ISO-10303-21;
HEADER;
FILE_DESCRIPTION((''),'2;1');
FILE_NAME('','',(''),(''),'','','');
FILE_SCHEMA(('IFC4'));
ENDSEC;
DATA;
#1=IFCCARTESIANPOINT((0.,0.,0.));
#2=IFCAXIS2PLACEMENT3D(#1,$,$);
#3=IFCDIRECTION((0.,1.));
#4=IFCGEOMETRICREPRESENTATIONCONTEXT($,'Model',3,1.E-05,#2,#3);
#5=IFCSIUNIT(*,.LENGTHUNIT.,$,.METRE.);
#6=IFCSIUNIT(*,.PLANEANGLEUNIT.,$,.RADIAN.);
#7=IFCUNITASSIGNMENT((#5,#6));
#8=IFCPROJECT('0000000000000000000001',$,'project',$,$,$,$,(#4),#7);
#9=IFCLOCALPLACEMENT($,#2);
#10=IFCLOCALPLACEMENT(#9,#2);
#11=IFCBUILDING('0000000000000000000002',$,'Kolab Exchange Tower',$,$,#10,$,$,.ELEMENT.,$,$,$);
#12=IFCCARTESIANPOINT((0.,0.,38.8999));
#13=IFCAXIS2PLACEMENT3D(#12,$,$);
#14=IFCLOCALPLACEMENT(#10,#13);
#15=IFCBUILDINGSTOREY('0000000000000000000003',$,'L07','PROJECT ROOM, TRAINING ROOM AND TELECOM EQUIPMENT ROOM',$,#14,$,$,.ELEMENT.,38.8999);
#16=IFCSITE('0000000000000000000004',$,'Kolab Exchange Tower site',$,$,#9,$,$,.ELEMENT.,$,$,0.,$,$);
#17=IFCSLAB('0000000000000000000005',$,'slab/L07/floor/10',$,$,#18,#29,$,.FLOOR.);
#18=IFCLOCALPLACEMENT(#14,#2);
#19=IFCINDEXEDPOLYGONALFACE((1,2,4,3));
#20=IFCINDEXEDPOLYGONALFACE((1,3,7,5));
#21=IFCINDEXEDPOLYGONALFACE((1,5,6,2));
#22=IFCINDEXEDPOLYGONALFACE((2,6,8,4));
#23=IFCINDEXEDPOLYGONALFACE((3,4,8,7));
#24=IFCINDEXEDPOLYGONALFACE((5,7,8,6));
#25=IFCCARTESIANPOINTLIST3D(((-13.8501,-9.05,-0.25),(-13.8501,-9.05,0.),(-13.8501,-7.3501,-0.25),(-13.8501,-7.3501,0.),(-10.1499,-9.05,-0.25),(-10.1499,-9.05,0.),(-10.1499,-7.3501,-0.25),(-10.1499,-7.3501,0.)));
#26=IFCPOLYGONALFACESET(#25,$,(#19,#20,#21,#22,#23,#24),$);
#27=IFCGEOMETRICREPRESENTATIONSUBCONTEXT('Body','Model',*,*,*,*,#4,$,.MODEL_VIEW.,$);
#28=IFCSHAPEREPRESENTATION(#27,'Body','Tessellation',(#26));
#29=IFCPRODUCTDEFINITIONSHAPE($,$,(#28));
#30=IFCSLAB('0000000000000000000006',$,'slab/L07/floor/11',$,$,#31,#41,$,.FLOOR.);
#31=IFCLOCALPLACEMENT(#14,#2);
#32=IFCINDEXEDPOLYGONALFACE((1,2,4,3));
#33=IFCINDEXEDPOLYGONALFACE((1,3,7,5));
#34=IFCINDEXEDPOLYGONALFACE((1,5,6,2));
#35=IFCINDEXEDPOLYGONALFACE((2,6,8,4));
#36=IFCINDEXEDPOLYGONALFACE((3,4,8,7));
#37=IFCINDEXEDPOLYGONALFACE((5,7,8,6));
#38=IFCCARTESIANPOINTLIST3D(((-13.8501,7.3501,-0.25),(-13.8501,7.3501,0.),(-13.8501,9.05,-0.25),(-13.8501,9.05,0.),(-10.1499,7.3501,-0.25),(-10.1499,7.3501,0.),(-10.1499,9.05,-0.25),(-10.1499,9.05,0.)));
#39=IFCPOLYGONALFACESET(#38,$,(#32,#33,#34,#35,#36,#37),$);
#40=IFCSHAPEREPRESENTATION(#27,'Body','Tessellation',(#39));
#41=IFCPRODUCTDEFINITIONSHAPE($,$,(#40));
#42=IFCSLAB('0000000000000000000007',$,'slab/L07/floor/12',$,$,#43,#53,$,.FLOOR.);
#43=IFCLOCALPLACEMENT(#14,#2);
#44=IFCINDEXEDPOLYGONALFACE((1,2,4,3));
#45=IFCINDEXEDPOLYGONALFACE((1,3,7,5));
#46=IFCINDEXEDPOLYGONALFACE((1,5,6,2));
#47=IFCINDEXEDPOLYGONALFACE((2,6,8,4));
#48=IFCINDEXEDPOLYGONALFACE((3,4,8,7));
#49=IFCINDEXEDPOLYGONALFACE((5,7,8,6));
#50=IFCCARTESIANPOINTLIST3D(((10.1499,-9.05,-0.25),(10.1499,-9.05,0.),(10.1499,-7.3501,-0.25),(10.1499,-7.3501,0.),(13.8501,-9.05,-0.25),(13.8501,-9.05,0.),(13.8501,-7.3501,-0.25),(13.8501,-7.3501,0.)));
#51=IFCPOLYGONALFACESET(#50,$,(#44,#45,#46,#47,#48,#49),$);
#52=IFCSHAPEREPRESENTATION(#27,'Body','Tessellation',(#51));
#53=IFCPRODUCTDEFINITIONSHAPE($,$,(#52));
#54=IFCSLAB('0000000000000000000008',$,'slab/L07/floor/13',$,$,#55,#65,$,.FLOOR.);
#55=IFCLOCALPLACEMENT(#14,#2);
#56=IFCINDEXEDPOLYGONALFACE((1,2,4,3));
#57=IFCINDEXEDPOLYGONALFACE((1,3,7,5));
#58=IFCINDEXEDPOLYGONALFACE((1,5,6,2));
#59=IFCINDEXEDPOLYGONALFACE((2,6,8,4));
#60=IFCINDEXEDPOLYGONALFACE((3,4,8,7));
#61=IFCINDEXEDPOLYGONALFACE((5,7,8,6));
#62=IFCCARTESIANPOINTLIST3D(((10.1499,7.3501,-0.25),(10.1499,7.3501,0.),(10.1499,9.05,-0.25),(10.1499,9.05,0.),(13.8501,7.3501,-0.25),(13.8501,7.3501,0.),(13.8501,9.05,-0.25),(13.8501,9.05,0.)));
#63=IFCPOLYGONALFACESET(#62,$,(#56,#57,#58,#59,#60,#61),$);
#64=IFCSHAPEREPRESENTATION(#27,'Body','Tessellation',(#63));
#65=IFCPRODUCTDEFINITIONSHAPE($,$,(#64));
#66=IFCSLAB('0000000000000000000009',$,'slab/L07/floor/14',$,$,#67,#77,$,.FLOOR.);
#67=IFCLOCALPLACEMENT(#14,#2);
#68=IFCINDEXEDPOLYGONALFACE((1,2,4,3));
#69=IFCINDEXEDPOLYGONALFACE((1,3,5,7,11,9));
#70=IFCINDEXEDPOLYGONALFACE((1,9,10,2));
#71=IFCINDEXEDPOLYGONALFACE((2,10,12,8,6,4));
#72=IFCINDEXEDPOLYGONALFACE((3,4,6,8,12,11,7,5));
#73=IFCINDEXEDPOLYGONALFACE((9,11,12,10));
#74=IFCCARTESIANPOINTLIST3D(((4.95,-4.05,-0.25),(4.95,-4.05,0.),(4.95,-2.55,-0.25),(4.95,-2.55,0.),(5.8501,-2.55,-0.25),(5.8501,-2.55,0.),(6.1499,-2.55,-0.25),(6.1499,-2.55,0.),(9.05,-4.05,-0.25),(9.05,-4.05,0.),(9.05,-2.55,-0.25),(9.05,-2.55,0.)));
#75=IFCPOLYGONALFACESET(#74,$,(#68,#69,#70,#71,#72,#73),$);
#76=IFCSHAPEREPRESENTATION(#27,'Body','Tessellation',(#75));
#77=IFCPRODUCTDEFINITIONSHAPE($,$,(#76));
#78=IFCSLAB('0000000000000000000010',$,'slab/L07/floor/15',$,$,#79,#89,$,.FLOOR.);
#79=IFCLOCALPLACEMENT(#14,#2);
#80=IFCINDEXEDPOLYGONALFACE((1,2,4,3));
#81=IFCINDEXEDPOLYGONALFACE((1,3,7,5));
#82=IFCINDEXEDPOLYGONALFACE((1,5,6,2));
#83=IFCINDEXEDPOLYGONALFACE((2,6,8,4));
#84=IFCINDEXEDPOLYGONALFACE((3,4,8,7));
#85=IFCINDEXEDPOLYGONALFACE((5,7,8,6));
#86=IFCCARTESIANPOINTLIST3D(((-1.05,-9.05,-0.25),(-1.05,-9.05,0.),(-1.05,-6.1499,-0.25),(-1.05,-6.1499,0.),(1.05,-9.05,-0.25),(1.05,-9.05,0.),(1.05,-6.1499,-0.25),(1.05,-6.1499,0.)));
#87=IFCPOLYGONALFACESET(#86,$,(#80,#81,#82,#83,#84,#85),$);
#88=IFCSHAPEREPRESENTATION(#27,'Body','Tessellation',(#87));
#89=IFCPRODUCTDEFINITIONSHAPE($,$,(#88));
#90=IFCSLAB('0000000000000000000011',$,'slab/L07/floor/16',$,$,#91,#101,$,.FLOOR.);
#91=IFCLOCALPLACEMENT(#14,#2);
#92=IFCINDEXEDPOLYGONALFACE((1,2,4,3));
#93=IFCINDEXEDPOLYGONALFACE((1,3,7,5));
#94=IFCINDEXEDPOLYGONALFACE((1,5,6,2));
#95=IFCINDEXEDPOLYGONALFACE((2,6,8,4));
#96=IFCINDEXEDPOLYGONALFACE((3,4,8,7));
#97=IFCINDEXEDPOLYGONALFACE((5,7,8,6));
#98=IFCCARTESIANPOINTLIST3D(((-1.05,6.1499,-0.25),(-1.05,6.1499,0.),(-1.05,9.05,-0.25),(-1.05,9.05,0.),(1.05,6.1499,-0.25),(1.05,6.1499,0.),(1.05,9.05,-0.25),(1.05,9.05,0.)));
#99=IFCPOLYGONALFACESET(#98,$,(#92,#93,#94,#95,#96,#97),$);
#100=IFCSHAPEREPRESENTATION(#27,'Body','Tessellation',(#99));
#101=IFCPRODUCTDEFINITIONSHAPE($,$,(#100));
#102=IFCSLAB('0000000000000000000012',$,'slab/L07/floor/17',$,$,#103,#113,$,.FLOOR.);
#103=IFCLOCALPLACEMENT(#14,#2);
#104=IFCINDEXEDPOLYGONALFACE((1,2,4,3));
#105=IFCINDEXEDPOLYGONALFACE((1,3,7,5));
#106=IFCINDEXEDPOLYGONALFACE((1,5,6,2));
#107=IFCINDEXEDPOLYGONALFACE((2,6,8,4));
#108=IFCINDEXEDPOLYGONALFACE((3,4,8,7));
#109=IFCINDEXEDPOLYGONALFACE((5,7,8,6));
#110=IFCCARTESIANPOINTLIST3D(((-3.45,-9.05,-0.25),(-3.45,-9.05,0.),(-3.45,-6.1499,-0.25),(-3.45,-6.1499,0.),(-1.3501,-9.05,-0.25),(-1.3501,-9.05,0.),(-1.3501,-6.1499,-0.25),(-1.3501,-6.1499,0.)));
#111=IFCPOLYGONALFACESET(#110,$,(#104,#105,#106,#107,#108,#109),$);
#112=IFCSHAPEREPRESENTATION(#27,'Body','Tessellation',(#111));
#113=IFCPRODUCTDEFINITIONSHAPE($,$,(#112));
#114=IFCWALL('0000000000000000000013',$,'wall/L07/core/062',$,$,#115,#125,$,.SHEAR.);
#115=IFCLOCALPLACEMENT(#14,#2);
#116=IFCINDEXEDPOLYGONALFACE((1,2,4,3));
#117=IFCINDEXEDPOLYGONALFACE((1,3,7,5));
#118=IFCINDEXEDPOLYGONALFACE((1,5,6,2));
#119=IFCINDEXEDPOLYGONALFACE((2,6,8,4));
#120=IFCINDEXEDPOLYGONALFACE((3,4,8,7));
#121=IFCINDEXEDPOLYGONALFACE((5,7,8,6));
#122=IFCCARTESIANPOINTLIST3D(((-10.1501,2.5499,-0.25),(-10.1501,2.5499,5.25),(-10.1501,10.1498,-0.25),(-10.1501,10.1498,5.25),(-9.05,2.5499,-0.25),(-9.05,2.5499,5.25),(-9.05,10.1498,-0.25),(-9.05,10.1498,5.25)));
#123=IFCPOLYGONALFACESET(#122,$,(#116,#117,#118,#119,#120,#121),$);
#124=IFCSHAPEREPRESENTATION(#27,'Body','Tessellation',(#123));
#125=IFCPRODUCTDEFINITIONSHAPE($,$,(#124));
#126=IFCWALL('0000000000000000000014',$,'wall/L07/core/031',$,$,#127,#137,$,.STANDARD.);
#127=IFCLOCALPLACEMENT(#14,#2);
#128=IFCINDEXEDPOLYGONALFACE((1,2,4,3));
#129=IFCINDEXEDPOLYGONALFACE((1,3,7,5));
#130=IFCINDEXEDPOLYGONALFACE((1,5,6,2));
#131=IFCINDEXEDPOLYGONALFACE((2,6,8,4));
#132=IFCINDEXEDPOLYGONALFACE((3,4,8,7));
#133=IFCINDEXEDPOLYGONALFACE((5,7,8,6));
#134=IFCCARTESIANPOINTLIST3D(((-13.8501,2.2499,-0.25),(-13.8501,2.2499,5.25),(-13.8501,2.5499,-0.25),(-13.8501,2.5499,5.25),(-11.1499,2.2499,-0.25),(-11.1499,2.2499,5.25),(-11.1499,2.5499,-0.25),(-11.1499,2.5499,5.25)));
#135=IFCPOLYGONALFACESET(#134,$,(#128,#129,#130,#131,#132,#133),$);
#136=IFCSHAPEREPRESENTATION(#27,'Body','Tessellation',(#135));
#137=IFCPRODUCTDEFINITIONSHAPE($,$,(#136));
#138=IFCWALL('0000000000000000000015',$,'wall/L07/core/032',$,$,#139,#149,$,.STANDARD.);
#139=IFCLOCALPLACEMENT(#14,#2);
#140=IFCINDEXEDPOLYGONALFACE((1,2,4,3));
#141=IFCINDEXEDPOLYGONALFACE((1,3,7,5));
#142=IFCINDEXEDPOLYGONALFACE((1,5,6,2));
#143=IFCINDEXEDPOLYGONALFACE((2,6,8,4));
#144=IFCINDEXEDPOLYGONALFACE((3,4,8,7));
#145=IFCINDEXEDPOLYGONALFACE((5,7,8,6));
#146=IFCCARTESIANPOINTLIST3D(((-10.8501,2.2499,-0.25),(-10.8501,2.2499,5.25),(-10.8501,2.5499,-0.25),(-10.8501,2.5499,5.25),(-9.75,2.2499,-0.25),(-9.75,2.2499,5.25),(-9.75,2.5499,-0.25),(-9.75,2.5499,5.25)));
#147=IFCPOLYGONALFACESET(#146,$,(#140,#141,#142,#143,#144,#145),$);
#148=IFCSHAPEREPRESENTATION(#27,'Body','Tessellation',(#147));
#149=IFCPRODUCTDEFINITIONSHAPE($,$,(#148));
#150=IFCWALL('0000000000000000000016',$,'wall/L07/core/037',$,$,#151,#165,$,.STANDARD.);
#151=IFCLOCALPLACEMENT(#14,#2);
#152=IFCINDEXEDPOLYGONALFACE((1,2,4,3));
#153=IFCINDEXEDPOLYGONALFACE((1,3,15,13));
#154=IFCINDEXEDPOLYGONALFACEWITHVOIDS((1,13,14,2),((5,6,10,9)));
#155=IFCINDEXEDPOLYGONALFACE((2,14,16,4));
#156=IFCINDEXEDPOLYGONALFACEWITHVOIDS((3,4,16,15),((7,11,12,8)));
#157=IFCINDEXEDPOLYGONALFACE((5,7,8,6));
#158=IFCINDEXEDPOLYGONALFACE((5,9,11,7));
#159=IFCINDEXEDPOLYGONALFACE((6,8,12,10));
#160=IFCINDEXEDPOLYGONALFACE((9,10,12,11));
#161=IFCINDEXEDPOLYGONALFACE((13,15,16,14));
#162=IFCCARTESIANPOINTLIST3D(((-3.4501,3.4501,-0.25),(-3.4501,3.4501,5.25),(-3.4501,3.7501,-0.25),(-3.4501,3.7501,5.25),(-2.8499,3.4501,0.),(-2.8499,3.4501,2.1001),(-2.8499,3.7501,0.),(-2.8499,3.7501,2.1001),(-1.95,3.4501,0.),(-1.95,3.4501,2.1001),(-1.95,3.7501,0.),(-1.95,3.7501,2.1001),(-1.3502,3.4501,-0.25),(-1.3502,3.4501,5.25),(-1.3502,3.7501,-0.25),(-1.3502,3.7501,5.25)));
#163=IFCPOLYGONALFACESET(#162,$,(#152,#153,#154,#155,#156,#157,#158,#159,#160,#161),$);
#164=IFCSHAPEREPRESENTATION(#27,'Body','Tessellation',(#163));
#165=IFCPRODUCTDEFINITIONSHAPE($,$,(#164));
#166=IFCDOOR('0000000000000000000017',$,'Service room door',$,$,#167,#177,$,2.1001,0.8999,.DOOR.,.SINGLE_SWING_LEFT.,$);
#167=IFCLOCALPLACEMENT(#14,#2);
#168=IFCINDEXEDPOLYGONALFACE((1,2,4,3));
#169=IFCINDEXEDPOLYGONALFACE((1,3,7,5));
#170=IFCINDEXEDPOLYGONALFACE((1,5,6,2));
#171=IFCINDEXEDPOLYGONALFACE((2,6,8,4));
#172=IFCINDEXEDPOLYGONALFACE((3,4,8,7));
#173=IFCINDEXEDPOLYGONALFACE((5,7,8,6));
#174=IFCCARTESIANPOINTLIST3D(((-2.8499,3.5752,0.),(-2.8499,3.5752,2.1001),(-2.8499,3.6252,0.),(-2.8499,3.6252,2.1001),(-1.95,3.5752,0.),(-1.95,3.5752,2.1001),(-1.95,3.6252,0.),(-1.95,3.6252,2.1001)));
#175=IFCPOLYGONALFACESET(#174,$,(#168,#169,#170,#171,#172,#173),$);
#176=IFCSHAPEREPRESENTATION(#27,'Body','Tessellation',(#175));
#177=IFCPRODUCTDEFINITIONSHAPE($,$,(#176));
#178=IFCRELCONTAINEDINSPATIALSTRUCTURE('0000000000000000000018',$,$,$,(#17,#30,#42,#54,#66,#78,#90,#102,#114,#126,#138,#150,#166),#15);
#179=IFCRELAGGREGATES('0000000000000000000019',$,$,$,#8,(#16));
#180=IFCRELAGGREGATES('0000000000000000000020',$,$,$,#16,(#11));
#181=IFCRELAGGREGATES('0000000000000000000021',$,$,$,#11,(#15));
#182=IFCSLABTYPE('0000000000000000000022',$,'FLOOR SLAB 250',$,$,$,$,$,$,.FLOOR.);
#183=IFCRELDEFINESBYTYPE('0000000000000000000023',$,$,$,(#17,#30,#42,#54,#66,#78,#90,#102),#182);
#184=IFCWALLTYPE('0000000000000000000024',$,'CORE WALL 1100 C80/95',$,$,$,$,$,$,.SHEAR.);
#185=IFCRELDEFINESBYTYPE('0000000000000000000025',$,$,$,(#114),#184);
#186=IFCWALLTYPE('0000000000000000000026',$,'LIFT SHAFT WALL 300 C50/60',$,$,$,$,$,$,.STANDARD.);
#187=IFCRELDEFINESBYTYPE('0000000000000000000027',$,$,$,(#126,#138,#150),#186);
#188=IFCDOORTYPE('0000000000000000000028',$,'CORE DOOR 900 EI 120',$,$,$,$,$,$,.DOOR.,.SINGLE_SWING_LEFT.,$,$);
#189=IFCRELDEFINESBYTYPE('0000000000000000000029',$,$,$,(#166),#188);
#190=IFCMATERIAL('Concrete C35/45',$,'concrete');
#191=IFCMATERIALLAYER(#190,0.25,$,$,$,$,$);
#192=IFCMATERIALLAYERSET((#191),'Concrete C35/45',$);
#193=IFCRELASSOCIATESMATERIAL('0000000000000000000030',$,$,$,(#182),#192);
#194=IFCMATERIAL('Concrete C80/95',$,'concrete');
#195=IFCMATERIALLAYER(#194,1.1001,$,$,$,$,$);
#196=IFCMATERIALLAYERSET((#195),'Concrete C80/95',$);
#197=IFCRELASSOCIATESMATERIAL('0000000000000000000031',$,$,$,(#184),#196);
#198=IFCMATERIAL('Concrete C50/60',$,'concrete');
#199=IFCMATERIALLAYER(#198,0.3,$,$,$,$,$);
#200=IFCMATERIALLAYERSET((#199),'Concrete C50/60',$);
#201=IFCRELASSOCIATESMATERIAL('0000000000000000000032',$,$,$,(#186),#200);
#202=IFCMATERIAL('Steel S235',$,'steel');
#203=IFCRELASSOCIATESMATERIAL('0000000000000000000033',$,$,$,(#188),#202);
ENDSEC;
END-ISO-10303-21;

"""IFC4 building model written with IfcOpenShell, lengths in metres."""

from ifc_helpers import new_model, si_unit, direction, frame, frame_2d, origin, place, context, subcontext, project, spatial, polyline, rectangle, outline, extrude, material, layer, layer_set, type_object, element, fill, save


model = new_model("IFC4")

# Units and contexts
model_context = context("Model", 3, precision=1e-05, world=origin(), true_north=direction((0.0, 1.0)))
body_context = subcontext(model_context, "Body", "Model", "MODEL_VIEW")
ifc_project = project(units=[si_unit("LENGTHUNIT", "METRE"), si_unit("PLANEANGLEUNIT", "RADIAN")], contexts=[model_context])

# Site, building, storey
site_placement = place(None, origin())
site = spatial("IfcSite", under=ifc_project, at=site_placement, Name="Kolab Exchange Tower site", CompositionType="ELEMENT", RefElevation=0.0)
building_placement = place(site_placement, origin())
building = spatial("IfcBuilding", under=site, at=building_placement, Name="Kolab Exchange Tower", CompositionType="ELEMENT")
storey_placement = place(building_placement, frame((0.0, 0.0, 38.8999)))
storey = spatial("IfcBuildingStorey", under=building, at=storey_placement, Name="L07", Description="PROJECT ROOM, TRAINING ROOM AND TELECOM EQUIPMENT ROOM", CompositionType="ELEMENT", Elevation=38.8999)

# Slabs
ifc_material_1 = material(Name="Concrete C35/45", Category="concrete")
ifc_layer_1 = layer(ifc_material_1, 0.25)
ifc_layer_set_1 = layer_set([ifc_layer_1], Name="Concrete C35/45")
slab_type = type_object("IfcSlabType", Name="FLOOR SLAB 250", PredefinedType="FLOOR", material=ifc_layer_set_1)
slab_1_placement = place(storey_placement, frame((0.0, 0.0, -0.25)))
element("IfcSlab", 1, at=slab_1_placement, inside=storey, type_object=slab_type, Name="slab/L07/floor/10", PredefinedType="FLOOR", context=body_context, shape_type="SweptSolid", body=[
    extrude(outline(polyline([(-10.1499, -9.05), (-10.1499, -7.3501), (-13.8501, -7.3501), (-13.8501, -9.05), (-10.1499, -9.05)])), origin(), (0.0, 0.0, 1.0), 0.25),
])
slab_2_placement = place(storey_placement, frame((0.0, 0.0, -0.25)))
element("IfcSlab", 2, at=slab_2_placement, inside=storey, type_object=slab_type, Name="slab/L07/floor/11", PredefinedType="FLOOR", context=body_context, shape_type="SweptSolid", body=[
    extrude(outline(polyline([(-13.8501, 7.3501), (-10.1499, 7.3501), (-10.1499, 9.05), (-13.8501, 9.05), (-13.8501, 7.3501)])), origin(), (0.0, 0.0, 1.0), 0.25),
])
slab_3_placement = place(storey_placement, frame((0.0, 0.0, -0.25)))
element("IfcSlab", 3, at=slab_3_placement, inside=storey, type_object=slab_type, Name="slab/L07/floor/12", PredefinedType="FLOOR", context=body_context, shape_type="SweptSolid", body=[
    extrude(outline(polyline([(10.1499, -7.3501), (10.1499, -9.05), (13.8501, -9.05), (13.8501, -7.3501), (10.1499, -7.3501)])), origin(), (0.0, 0.0, 1.0), 0.25),
])
slab_4_placement = place(storey_placement, frame((0.0, 0.0, -0.25)))
element("IfcSlab", 4, at=slab_4_placement, inside=storey, type_object=slab_type, Name="slab/L07/floor/13", PredefinedType="FLOOR", context=body_context, shape_type="SweptSolid", body=[
    extrude(outline(polyline([(10.1499, 7.3501), (13.8501, 7.3501), (13.8501, 9.05), (10.1499, 9.05), (10.1499, 7.3501)])), origin(), (0.0, 0.0, 1.0), 0.25),
])
slab_5_placement = place(storey_placement, frame((0.0, 0.0, -0.25)))
element("IfcSlab", 5, at=slab_5_placement, inside=storey, type_object=slab_type, Name="slab/L07/floor/14", PredefinedType="FLOOR", context=body_context, shape_type="SweptSolid", body=[
    extrude(outline(polyline([(9.05, -4.05), (9.05, -2.55), (6.1499, -2.55), (5.8501, -2.55), (4.95, -2.55), (4.95, -4.05), (9.05, -4.05)])), origin(), (0.0, 0.0, 1.0), 0.25),
])
slab_6_placement = place(storey_placement, frame((0.0, 0.0, -0.25)))
element("IfcSlab", 6, at=slab_6_placement, inside=storey, type_object=slab_type, Name="slab/L07/floor/15", PredefinedType="FLOOR", context=body_context, shape_type="SweptSolid", body=[
    extrude(outline(polyline([(1.05, -6.1499), (-1.05, -6.1499), (-1.05, -9.05), (1.05, -9.05), (1.05, -6.1499)])), origin(), (0.0, 0.0, 1.0), 0.25),
])
slab_7_placement = place(storey_placement, frame((0.0, 0.0, -0.25)))
element("IfcSlab", 7, at=slab_7_placement, inside=storey, type_object=slab_type, Name="slab/L07/floor/16", PredefinedType="FLOOR", context=body_context, shape_type="SweptSolid", body=[
    extrude(outline(polyline([(-1.05, 9.05), (-1.05, 6.1499), (1.05, 6.1499), (1.05, 9.05), (-1.05, 9.05)])), origin(), (0.0, 0.0, 1.0), 0.25),
])
slab_8_placement = place(storey_placement, frame((0.0, 0.0, -0.25)))
element("IfcSlab", 8, at=slab_8_placement, inside=storey, type_object=slab_type, Name="slab/L07/floor/17", PredefinedType="FLOOR", context=body_context, shape_type="SweptSolid", body=[
    extrude(outline(polyline([(-1.3501, -6.1499), (-3.45, -6.1499), (-3.45, -9.05), (-1.3501, -9.05), (-1.3501, -6.1499)])), origin(), (0.0, 0.0, 1.0), 0.25),
])

# Walls
ifc_material_2 = material(Name="Concrete C80/95", Category="concrete")
ifc_layer_2 = layer(ifc_material_2, 1.1001)
ifc_layer_set_2 = layer_set([ifc_layer_2], Name="Concrete C80/95")
wall_type_1 = type_object("IfcWallType", Name="CORE WALL 1100 C80/95", PredefinedType="SHEAR", material=ifc_layer_set_2)
wall_1_placement = place(storey_placement, frame((-9.6001, 2.55, -0.25), z_axis=(0.0, 0.0, 1.0), x_axis=(0.0, 1.0, 0.0)))
element("IfcWall", 9, at=wall_1_placement, inside=storey, type_object=wall_type_1, Name="wall/L07/core/062", PredefinedType="SHEAR", context=body_context, shape_type="SweptSolid", body=[
    extrude(rectangle(XDim=7.5999, YDim=1.1001, at=frame_2d((3.7998, 0.0))), origin(), (0.0, 0.0, 1.0), 5.5),
])
ifc_material_3 = material(Name="Concrete C50/60", Category="concrete")
ifc_layer_3 = layer(ifc_material_3, 0.3)
ifc_layer_set_3 = layer_set([ifc_layer_3], Name="Concrete C50/60")
wall_type_2 = type_object("IfcWallType", Name="LIFT SHAFT WALL 300 C50/60", PredefinedType="STANDARD", material=ifc_layer_set_3)
wall_2_placement = place(storey_placement, frame((-13.8501, 2.3999, -0.25), z_axis=(0.0, 0.0, 1.0), x_axis=(1.0, 0.0, 0.0)))
element("IfcWall", 10, at=wall_2_placement, inside=storey, type_object=wall_type_2, Name="wall/L07/core/031", PredefinedType="STANDARD", context=body_context, shape_type="SweptSolid", body=[
    extrude(rectangle(XDim=2.7002, YDim=0.3, at=frame_2d((1.3501, 0.0))), origin(), (0.0, 0.0, 1.0), 5.5),
])
wall_3_placement = place(storey_placement, frame((-10.8501, 2.3999, -0.25), z_axis=(0.0, 0.0, 1.0), x_axis=(1.0, 0.0, 0.0)))
element("IfcWall", 11, at=wall_3_placement, inside=storey, type_object=wall_type_2, Name="wall/L07/core/032", PredefinedType="STANDARD", context=body_context, shape_type="SweptSolid", body=[
    extrude(rectangle(XDim=1.1001, YDim=0.3, at=frame_2d((0.55, 0.0))), origin(), (0.0, 0.0, 1.0), 5.5),
])

# Wall, opening, door
wall_4_placement = place(storey_placement, frame((-3.45, 3.6001, -0.25), z_axis=(0.0, 0.0, 1.0), x_axis=(1.0, 0.0, 0.0)))
wall_4 = element("IfcWall", 12, at=wall_4_placement, inside=storey, type_object=wall_type_2, Name="wall/L07/core/037", PredefinedType="STANDARD", context=body_context, shape_type="SweptSolid", body=[
    extrude(rectangle(XDim=2.0999, YDim=0.3, at=frame_2d((1.0498, 0.0))), origin(), (0.0, 0.0, 1.0), 5.5),
])
opening_1_placement = place(wall_4_placement, frame((0.6001, 0.0, 0.25)))
opening_1 = element("IfcOpeningElement", 13, at=opening_1_placement, cuts=wall_4, PredefinedType="OPENING", context=body_context, shape_type="SweptSolid", body=[
    extrude(rectangle(XDim=0.8999, YDim=2.1001, at=frame_2d((0.45, 1.05))), frame((0.0, 0.1602, 0.0), z_axis=(0.0, -1.0, 0.0), x_axis=(1.0, 0.0, 0.0)), (0.0, 0.0, 1.0), 0.3201),
])
ifc_material_4 = material(Name="Steel S235", Category="steel")
door_type_1 = type_object("IfcDoorType", Name="CORE DOOR 900 EI 120", OperationType="SINGLE_SWING_LEFT", PredefinedType="DOOR", material=ifc_material_4)
door_1_placement = place(opening_1_placement, frame((0.8999, 0.0, 0.0), z_axis=(0.0, 0.0, 1.0), x_axis=(-1.0, 0.0, 0.0)))
door_1 = element("IfcDoor", 14, at=door_1_placement, inside=storey, type_object=door_type_1, Name="Service room door", OperationType="SINGLE_SWING_LEFT", OverallHeight=2.1001, OverallWidth=0.8999, PredefinedType="DOOR", context=body_context, shape_type="SweptSolid", body=[
    extrude(rectangle(XDim=0.8999, YDim=2.1001, at=frame_2d((0.45, 1.05))), frame((0.0, 0.0249, 0.0), z_axis=(0.0, -1.0, 0.0), x_axis=(1.0, 0.0, 0.0)), (0.0, 0.0, 1.0), 0.05),
])
fill(opening_1, door_1)

save(model, "model.ifc")
